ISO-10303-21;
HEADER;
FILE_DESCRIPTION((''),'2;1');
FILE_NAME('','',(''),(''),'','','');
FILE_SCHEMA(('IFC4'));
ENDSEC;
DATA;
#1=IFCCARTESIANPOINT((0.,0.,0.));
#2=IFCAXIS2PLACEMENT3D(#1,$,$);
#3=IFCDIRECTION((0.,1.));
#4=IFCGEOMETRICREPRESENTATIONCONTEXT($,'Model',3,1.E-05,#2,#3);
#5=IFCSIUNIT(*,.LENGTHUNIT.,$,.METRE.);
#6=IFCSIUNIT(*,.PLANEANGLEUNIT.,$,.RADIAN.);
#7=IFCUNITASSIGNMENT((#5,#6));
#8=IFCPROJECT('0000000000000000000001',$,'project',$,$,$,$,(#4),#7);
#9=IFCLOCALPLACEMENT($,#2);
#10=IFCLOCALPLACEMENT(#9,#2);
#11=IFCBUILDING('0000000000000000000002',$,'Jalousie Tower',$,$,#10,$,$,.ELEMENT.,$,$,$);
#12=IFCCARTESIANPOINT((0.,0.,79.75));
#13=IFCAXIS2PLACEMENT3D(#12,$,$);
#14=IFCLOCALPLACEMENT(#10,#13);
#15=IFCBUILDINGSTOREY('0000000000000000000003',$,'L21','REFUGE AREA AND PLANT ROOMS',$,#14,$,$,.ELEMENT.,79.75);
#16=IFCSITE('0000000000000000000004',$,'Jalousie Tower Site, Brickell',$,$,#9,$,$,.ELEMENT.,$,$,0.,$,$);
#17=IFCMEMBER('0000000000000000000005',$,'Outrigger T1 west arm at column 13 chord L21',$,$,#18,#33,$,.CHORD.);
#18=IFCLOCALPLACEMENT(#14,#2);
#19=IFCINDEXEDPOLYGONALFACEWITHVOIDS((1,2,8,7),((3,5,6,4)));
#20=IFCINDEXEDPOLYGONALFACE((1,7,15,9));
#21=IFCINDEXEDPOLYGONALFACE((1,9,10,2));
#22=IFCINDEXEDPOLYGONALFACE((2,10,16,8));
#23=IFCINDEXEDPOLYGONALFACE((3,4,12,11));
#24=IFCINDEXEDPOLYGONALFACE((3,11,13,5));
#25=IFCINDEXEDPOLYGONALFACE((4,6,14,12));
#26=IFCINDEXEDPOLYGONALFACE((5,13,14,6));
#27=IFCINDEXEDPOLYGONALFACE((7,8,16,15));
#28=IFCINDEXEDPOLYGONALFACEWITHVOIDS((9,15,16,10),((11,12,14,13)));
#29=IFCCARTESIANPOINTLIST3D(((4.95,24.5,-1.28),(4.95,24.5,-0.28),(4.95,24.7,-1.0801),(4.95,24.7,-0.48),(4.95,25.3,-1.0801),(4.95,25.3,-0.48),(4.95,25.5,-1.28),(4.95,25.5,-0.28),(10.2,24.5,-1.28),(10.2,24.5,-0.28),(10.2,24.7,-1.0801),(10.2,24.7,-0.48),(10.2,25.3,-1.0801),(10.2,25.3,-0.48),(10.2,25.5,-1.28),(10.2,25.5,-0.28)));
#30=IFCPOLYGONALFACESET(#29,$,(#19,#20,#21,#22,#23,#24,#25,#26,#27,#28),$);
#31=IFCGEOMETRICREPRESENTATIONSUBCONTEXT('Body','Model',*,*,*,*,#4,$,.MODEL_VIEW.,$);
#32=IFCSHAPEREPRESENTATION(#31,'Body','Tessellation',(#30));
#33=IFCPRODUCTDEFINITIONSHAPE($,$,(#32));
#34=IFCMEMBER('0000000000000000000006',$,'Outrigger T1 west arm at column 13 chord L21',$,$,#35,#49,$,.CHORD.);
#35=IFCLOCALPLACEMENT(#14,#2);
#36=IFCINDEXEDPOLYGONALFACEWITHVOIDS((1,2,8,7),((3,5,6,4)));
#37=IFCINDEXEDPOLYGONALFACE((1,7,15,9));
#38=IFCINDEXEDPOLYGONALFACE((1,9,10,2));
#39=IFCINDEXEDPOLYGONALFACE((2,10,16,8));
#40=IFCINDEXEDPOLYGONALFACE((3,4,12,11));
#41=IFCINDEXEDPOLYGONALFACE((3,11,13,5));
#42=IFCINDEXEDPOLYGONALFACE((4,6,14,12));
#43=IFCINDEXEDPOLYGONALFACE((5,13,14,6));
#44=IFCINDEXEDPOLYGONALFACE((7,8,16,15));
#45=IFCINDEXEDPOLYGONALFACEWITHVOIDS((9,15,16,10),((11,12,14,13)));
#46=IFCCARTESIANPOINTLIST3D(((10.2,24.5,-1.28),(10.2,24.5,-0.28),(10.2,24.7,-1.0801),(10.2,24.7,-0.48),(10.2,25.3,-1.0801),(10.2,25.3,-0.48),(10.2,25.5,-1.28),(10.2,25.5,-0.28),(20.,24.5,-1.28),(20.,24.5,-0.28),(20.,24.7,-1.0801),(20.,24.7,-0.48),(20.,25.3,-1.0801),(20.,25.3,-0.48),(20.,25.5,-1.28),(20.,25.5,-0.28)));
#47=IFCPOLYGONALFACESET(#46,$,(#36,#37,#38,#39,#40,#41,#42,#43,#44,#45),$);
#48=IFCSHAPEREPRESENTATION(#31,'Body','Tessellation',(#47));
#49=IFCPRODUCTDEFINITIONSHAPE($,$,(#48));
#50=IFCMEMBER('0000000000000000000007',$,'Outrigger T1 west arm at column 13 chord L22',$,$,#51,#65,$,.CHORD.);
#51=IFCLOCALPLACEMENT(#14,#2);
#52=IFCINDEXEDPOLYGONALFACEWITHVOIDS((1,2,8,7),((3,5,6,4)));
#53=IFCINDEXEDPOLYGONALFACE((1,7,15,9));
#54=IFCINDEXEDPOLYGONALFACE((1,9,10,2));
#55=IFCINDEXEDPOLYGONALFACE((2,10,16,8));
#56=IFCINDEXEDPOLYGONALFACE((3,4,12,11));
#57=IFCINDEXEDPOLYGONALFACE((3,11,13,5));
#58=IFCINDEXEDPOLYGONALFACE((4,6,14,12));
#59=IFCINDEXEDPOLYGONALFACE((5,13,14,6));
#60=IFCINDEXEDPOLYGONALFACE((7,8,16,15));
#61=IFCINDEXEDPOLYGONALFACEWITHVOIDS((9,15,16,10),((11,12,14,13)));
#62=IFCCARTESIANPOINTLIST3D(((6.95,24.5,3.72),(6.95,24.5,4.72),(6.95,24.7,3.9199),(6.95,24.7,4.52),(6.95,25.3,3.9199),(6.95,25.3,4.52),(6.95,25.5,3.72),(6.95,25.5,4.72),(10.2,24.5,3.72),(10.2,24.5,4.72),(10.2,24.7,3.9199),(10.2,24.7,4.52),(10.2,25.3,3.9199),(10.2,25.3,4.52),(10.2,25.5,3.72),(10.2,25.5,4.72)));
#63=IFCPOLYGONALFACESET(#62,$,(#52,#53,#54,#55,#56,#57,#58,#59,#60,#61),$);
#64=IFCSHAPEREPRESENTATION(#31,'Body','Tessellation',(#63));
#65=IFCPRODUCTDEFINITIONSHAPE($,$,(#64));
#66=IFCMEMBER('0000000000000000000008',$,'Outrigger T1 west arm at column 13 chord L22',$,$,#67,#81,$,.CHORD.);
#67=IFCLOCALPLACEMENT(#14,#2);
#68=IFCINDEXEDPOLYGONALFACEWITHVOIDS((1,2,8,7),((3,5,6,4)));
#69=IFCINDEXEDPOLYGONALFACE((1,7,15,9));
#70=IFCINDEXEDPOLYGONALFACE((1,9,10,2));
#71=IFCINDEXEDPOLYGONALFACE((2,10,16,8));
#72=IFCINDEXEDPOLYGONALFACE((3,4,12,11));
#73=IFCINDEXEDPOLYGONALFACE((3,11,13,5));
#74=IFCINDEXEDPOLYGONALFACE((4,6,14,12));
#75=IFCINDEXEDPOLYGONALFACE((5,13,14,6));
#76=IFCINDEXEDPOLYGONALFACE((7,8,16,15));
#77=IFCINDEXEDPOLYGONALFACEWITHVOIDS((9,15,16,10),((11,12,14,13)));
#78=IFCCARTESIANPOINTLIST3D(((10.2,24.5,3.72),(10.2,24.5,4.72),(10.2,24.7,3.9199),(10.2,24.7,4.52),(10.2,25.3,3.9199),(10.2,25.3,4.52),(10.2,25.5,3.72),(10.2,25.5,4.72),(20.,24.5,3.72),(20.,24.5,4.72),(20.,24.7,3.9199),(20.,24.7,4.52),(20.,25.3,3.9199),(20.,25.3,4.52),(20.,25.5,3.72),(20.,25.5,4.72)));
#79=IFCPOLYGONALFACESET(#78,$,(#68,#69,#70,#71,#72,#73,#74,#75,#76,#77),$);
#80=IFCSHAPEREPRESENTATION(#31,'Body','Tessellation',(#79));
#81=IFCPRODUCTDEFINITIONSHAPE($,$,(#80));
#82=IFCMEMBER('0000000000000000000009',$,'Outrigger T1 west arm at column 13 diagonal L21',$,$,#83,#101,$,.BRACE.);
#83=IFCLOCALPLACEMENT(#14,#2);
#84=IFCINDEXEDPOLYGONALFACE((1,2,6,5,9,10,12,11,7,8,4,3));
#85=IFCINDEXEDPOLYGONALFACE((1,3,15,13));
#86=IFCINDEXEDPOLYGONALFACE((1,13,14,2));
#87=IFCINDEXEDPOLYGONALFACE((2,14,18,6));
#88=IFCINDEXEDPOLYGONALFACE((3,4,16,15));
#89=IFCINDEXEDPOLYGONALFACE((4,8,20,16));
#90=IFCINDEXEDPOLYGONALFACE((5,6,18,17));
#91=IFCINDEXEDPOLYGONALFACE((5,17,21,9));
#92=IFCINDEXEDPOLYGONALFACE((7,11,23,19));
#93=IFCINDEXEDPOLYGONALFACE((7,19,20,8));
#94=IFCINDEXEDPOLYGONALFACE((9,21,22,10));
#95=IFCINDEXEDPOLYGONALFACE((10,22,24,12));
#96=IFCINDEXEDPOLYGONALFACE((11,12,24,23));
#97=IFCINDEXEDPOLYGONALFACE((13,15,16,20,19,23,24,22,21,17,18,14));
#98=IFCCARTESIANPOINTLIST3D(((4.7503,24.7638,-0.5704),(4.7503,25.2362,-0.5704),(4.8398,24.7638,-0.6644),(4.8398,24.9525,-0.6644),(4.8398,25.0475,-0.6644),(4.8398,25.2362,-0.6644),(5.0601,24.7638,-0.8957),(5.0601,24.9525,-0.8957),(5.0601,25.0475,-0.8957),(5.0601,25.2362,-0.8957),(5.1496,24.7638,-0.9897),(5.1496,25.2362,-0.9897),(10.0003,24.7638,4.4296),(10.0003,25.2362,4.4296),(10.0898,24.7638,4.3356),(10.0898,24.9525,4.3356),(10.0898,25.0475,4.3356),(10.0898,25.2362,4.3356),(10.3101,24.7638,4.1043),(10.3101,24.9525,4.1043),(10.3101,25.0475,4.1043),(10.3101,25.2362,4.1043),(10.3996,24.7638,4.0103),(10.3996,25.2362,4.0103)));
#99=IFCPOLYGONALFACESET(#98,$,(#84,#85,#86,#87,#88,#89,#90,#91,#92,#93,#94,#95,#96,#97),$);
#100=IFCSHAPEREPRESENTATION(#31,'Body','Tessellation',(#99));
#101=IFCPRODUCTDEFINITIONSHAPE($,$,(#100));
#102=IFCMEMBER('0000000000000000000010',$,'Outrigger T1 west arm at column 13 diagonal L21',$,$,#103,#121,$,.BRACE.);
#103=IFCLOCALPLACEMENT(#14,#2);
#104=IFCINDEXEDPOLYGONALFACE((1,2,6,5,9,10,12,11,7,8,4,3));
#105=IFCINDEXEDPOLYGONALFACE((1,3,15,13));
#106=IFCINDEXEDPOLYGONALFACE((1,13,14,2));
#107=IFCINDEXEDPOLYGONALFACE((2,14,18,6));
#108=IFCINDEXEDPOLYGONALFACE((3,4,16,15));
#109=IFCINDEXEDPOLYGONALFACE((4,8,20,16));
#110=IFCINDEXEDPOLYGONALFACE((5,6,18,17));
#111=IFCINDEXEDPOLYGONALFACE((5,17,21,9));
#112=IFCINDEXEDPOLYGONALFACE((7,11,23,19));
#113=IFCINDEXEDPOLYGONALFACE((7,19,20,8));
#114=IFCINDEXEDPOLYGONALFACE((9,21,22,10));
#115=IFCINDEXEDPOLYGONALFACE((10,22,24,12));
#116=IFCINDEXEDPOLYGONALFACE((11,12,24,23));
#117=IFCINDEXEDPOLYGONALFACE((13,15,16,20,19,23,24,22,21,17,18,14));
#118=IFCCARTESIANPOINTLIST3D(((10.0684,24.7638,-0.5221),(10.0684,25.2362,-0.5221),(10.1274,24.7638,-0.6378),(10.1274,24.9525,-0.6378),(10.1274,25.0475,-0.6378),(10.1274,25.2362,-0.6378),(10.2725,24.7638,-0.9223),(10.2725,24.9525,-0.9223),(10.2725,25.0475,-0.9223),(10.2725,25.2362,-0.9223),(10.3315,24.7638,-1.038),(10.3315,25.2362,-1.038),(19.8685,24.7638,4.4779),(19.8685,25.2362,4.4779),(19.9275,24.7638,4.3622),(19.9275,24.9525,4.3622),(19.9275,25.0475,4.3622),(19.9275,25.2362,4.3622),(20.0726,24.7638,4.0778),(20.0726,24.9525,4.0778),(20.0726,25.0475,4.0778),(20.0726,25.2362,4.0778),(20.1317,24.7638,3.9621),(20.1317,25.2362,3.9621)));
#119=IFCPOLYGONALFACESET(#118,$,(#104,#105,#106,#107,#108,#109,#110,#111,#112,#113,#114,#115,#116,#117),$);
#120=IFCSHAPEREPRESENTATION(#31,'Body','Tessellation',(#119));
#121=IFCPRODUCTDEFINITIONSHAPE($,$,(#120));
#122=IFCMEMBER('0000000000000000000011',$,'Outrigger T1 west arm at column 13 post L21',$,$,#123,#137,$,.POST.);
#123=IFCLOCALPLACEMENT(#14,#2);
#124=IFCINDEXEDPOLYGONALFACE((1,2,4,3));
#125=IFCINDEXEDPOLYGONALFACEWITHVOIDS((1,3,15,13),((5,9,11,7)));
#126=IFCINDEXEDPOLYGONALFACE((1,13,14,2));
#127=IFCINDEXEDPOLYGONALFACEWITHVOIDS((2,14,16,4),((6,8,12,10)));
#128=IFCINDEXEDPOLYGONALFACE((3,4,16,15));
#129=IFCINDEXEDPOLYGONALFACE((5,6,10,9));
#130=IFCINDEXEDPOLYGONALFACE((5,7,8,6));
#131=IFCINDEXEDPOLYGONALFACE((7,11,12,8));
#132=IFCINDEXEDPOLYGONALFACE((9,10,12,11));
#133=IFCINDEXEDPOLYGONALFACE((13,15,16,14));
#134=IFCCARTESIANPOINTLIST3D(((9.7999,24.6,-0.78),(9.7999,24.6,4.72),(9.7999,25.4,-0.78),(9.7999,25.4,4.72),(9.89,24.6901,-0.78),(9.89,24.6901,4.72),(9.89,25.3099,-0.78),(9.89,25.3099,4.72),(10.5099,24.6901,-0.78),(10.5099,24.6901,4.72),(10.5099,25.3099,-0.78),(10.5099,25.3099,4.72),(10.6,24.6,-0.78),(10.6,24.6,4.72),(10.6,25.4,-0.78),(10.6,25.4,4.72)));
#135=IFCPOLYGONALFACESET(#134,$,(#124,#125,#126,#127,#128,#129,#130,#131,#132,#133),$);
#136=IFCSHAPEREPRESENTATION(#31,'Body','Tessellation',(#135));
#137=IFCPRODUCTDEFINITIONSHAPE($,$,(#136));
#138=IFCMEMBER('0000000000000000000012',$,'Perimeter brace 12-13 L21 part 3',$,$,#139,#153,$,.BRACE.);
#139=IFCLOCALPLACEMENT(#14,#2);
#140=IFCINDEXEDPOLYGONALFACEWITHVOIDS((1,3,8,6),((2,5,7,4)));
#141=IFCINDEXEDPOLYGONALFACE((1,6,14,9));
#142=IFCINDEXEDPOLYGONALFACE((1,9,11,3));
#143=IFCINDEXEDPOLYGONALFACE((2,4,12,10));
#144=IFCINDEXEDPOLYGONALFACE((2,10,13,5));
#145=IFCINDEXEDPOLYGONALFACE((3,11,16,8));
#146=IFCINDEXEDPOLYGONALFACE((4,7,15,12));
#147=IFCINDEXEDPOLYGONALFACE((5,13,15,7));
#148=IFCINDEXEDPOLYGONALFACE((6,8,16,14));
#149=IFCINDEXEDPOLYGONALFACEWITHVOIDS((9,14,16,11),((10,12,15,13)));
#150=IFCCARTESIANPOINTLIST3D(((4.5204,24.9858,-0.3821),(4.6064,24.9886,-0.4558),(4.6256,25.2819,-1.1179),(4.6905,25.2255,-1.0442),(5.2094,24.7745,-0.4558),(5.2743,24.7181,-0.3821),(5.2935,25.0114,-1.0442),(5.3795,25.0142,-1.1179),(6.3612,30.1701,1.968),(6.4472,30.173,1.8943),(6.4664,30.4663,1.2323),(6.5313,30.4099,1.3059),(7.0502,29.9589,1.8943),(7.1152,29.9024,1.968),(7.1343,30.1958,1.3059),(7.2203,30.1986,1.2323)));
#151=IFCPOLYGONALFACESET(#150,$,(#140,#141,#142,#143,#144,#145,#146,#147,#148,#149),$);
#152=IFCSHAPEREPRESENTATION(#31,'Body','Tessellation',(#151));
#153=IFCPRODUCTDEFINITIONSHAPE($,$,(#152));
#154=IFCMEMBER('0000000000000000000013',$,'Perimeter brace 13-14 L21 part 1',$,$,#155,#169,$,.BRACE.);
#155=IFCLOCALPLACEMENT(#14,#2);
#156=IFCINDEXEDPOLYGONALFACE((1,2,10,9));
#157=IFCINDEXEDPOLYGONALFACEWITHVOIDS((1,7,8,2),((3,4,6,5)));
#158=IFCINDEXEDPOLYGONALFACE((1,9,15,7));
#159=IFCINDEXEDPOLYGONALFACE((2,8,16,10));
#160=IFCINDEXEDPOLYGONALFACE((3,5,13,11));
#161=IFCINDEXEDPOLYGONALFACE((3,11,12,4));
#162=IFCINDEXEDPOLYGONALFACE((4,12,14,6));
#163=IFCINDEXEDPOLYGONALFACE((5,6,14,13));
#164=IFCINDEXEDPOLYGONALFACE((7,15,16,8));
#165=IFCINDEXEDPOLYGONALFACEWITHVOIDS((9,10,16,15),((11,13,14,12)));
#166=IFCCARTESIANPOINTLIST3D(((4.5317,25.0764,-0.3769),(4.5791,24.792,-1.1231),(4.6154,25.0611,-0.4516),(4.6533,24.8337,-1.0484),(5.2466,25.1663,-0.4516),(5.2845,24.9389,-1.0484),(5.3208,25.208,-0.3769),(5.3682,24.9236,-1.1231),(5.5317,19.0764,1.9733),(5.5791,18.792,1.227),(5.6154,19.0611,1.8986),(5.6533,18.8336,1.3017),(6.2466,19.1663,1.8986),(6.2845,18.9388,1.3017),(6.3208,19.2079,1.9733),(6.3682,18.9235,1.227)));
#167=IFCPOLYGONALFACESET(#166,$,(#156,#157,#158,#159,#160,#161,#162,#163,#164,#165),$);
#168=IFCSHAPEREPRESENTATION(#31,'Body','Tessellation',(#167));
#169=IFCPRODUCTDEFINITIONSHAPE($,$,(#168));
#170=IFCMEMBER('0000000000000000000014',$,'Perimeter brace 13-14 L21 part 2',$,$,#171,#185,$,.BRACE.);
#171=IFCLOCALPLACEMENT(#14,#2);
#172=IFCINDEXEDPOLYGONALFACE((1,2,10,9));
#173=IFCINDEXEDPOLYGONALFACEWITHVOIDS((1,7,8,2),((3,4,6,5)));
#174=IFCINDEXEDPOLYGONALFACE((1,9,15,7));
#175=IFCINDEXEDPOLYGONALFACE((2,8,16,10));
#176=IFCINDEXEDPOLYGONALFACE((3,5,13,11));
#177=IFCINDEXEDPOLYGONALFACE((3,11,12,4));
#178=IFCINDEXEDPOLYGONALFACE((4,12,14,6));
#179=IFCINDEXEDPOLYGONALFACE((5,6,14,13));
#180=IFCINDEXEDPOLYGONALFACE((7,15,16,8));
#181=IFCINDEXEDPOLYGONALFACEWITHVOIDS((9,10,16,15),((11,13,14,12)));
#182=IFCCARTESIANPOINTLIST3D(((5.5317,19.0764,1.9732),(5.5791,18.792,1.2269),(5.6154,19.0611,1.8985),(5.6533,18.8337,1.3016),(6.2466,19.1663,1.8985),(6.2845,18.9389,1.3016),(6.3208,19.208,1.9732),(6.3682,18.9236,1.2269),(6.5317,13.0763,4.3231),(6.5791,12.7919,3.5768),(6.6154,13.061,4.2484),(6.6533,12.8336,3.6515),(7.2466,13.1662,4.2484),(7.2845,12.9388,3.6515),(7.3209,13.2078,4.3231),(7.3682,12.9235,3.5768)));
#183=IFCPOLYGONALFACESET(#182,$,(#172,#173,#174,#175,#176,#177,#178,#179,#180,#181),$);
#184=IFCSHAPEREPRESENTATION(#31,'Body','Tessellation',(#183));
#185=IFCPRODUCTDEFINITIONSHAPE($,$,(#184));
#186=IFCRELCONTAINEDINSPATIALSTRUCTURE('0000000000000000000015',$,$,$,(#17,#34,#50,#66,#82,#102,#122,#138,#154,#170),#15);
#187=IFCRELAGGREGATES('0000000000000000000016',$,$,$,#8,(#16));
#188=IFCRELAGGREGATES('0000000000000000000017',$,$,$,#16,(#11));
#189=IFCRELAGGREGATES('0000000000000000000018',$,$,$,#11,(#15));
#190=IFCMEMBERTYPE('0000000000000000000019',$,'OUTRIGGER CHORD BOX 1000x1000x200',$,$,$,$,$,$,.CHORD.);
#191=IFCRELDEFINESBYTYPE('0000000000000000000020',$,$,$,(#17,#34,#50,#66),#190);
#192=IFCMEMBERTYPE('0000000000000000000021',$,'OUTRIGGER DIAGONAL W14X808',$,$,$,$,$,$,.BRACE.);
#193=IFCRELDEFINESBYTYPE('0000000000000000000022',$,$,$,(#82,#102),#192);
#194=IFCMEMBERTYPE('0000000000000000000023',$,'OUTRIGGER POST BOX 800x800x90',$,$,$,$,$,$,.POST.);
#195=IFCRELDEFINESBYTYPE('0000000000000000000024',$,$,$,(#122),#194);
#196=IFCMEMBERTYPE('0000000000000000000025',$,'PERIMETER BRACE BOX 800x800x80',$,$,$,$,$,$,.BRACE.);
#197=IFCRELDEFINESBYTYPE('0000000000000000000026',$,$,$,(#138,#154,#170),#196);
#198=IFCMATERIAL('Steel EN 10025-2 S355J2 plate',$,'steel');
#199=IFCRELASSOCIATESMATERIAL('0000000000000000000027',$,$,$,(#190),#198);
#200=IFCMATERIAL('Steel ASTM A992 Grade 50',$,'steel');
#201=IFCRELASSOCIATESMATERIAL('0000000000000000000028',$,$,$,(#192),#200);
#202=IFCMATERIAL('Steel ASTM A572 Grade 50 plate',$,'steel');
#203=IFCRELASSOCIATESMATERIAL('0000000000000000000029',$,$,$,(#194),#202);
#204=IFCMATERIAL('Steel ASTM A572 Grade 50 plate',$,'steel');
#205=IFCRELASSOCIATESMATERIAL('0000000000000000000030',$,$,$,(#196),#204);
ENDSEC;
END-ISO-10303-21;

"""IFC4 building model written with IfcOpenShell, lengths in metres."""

from ifc_helpers import new_model, si_unit, direction, frame, origin, origin_2d, place, context, subcontext, project, spatial, hollow_rectangle, i_section, extrude, material, material_profile, profile_set, type_object, element, save


model = new_model("IFC4")

# Units and contexts
model_context = context("Model", 3, precision=1e-05, world=origin(), true_north=direction((0.0, 1.0)))
body_context = subcontext(model_context, "Body", "Model", "MODEL_VIEW")
ifc_project = project(units=[si_unit("LENGTHUNIT", "METRE"), si_unit("PLANEANGLEUNIT", "RADIAN")], contexts=[model_context])

# Site, building, storey
site_placement = place(None, origin())
site = spatial("IfcSite", under=ifc_project, at=site_placement, Name="Jalousie Tower Site, Brickell", CompositionType="ELEMENT", RefElevation=0.0)
building_placement = place(site_placement, origin())
building = spatial("IfcBuilding", under=site, at=building_placement, Name="Jalousie Tower", CompositionType="ELEMENT")
storey_placement = place(building_placement, frame((0.0, 0.0, 79.75)))
storey = spatial("IfcBuildingStorey", under=building, at=storey_placement, Name="L21", Description="REFUGE AREA AND PLANT ROOMS", CompositionType="ELEMENT", Elevation=79.75)

# Members
ifc_material_1 = material(Name="Steel EN 10025-2 S355J2 plate", Category="steel")
ifc_material_profile_1 = material_profile(ifc_material_1, hollow_rectangle(XDim=1.0, YDim=1.0, WallThickness=0.2, at=origin_2d()), Name="BOX 1000x1000x200")
ifc_profile_set_1 = profile_set([ifc_material_profile_1], Name="Steel EN 10025-2 S355J2 plate")
member_type_1 = type_object("IfcMemberType", Name="OUTRIGGER CHORD BOX 1000x1000x200", PredefinedType="CHORD", material=ifc_profile_set_1)
member_1_placement = place(storey_placement, frame((4.95, 25.0, -0.78), z_axis=(1.0, 0.0, 0.0), x_axis=(0.0, 1.0, 0.0)))
element("IfcMember", 1, at=member_1_placement, inside=storey, type_object=member_type_1, Name="Outrigger T1 west arm at column 13 chord L21", PredefinedType="CHORD", context=body_context, shape_type="SweptSolid", body=[
    extrude(hollow_rectangle(XDim=1.0, YDim=1.0, WallThickness=0.2, at=origin_2d()), origin(), (0.0, 0.0, 1.0), 5.25),
])
member_2_placement = place(storey_placement, frame((10.2, 25.0, -0.78), z_axis=(1.0, 0.0, 0.0), x_axis=(0.0, 1.0, 0.0)))
element("IfcMember", 2, at=member_2_placement, inside=storey, type_object=member_type_1, Name="Outrigger T1 west arm at column 13 chord L21", PredefinedType="CHORD", context=body_context, shape_type="SweptSolid", body=[
    extrude(hollow_rectangle(XDim=1.0, YDim=1.0, WallThickness=0.2, at=origin_2d()), origin(), (0.0, 0.0, 1.0), 9.8),
])
member_3_placement = place(storey_placement, frame((6.95, 25.0, 4.22), z_axis=(1.0, 0.0, 0.0), x_axis=(0.0, 1.0, 0.0)))
element("IfcMember", 3, at=member_3_placement, inside=storey, type_object=member_type_1, Name="Outrigger T1 west arm at column 13 chord L22", PredefinedType="CHORD", context=body_context, shape_type="SweptSolid", body=[
    extrude(hollow_rectangle(XDim=1.0, YDim=1.0, WallThickness=0.2, at=origin_2d()), origin(), (0.0, 0.0, 1.0), 3.25),
])
member_4_placement = place(storey_placement, frame((10.2, 25.0, 4.22), z_axis=(1.0, 0.0, 0.0), x_axis=(0.0, 1.0, 0.0)))
element("IfcMember", 4, at=member_4_placement, inside=storey, type_object=member_type_1, Name="Outrigger T1 west arm at column 13 chord L22", PredefinedType="CHORD", context=body_context, shape_type="SweptSolid", body=[
    extrude(hollow_rectangle(XDim=1.0, YDim=1.0, WallThickness=0.2, at=origin_2d()), origin(), (0.0, 0.0, 1.0), 9.8),
])
ifc_material_2 = material(Name="Steel ASTM A992 Grade 50", Category="steel")
ifc_material_profile_2 = material_profile(ifc_material_2, i_section(OverallWidth=0.4724, OverallDepth=0.5791, WebThickness=0.095, FlangeThickness=0.1299, at=origin_2d()), Name="W14X808")
ifc_profile_set_2 = profile_set([ifc_material_profile_2], Name="Steel ASTM A992 Grade 50")
member_type_2 = type_object("IfcMemberType", Name="OUTRIGGER DIAGONAL W14X808", PredefinedType="BRACE", material=ifc_profile_set_2)
member_5_placement = place(storey_placement, frame((4.95, 25.0, -0.78), z_axis=(0.724138, 0.0, 0.689655), x_axis=(0.0, 1.0, 0.0)))
element("IfcMember", 5, at=member_5_placement, inside=storey, type_object=member_type_2, Name="Outrigger T1 west arm at column 13 diagonal L21", PredefinedType="BRACE", context=body_context, shape_type="SweptSolid", body=[
    extrude(i_section(OverallWidth=0.4724, OverallDepth=0.5791, WebThickness=0.095, FlangeThickness=0.1299, at=origin_2d()), origin(), (0.0, 0.0, 1.0), 7.25),
])
member_6_placement = place(storey_placement, frame((10.2, 25.0, -0.78), z_axis=(0.890763, 0.0, 0.454469), x_axis=(0.0, 1.0, 0.0)))
element("IfcMember", 6, at=member_6_placement, inside=storey, type_object=member_type_2, Name="Outrigger T1 west arm at column 13 diagonal L21", PredefinedType="BRACE", context=body_context, shape_type="SweptSolid", body=[
    extrude(i_section(OverallWidth=0.4724, OverallDepth=0.5791, WebThickness=0.095, FlangeThickness=0.1299, at=origin_2d()), origin(), (0.0, 0.0, 1.0), 11.002),
])
ifc_material_3 = material(Name="Steel ASTM A572 Grade 50 plate", Category="steel")
ifc_material_profile_3 = material_profile(ifc_material_3, hollow_rectangle(XDim=0.8, YDim=0.8, WallThickness=0.0901, at=origin_2d()), Name="BOX 800x800x90")
ifc_profile_set_3 = profile_set([ifc_material_profile_3], Name="Steel ASTM A572 Grade 50 plate")
member_type_3 = type_object("IfcMemberType", Name="OUTRIGGER POST BOX 800x800x90", PredefinedType="POST", material=ifc_profile_set_3)
member_7_placement = place(storey_placement, frame((10.2, 25.0, -0.78), z_axis=(0.0, 0.0, 1.0), x_axis=(1.0, 0.0, 0.0)))
element("IfcMember", 7, at=member_7_placement, inside=storey, type_object=member_type_3, Name="Outrigger T1 west arm at column 13 post L21", PredefinedType="POST", context=body_context, shape_type="SweptSolid", body=[
    extrude(hollow_rectangle(XDim=0.8, YDim=0.8, WallThickness=0.0901, at=origin_2d()), origin(), (0.0, 0.0, 1.0), 5.5),
])
ifc_material_4 = material(Name="Steel ASTM A572 Grade 50 plate", Category="steel")
ifc_material_profile_4 = material_profile(ifc_material_4, hollow_rectangle(XDim=0.8, YDim=0.8, WallThickness=0.0801, at=origin_2d()), Name="BOX 800x800x80")
ifc_profile_set_4 = profile_set([ifc_material_profile_4], Name="Steel ASTM A572 Grade 50 plate")
member_type_4 = type_object("IfcMemberType", Name="PERIMETER BRACE BOX 800x800x80", PredefinedType="BRACE", material=ifc_profile_set_4)
member_8_placement = place(storey_placement, frame((4.95, 25.0, -0.75), z_axis=(0.307707, 0.8666, 0.392837), x_axis=(-0.942358, 0.334607, 0.0)))
element("IfcMember", 8, at=member_8_placement, inside=storey, type_object=member_type_4, Name="Perimeter brace 12-13 L21 part 3", PredefinedType="BRACE", context=body_context, shape_type="SweptSolid", body=[
    extrude(hollow_rectangle(XDim=0.8, YDim=0.8, WallThickness=0.0801, at=origin_2d()), origin(), (0.0, 0.0, 1.0), 5.9824),
])
for number, where, z_axis, x_axis, name in (
    (9, (4.95, 25.0, -0.75), (0.153352, -0.920109, 0.360391), (0.986394, 0.164399, 0.0), "Perimeter brace 13-14 L21 part 1"),
    (10, (5.95, 19.0, 1.6001), (0.153354, -0.920122, 0.360359), (0.986394, 0.164399, 0.0), "Perimeter brace 13-14 L21 part 2"),
):
    element("IfcMember", number, at=place(storey_placement, frame(where, z_axis=z_axis, x_axis=x_axis)), inside=storey, type_object=member_type_4, Name=name, PredefinedType="BRACE", context=body_context, shape_type="SweptSolid", body=[
        extrude(hollow_rectangle(XDim=0.8, YDim=0.8, WallThickness=0.0801, at=origin_2d()), origin(), (0.0, 0.0, 1.0), 6.521),
    ])

save(model, "model.ifc")
